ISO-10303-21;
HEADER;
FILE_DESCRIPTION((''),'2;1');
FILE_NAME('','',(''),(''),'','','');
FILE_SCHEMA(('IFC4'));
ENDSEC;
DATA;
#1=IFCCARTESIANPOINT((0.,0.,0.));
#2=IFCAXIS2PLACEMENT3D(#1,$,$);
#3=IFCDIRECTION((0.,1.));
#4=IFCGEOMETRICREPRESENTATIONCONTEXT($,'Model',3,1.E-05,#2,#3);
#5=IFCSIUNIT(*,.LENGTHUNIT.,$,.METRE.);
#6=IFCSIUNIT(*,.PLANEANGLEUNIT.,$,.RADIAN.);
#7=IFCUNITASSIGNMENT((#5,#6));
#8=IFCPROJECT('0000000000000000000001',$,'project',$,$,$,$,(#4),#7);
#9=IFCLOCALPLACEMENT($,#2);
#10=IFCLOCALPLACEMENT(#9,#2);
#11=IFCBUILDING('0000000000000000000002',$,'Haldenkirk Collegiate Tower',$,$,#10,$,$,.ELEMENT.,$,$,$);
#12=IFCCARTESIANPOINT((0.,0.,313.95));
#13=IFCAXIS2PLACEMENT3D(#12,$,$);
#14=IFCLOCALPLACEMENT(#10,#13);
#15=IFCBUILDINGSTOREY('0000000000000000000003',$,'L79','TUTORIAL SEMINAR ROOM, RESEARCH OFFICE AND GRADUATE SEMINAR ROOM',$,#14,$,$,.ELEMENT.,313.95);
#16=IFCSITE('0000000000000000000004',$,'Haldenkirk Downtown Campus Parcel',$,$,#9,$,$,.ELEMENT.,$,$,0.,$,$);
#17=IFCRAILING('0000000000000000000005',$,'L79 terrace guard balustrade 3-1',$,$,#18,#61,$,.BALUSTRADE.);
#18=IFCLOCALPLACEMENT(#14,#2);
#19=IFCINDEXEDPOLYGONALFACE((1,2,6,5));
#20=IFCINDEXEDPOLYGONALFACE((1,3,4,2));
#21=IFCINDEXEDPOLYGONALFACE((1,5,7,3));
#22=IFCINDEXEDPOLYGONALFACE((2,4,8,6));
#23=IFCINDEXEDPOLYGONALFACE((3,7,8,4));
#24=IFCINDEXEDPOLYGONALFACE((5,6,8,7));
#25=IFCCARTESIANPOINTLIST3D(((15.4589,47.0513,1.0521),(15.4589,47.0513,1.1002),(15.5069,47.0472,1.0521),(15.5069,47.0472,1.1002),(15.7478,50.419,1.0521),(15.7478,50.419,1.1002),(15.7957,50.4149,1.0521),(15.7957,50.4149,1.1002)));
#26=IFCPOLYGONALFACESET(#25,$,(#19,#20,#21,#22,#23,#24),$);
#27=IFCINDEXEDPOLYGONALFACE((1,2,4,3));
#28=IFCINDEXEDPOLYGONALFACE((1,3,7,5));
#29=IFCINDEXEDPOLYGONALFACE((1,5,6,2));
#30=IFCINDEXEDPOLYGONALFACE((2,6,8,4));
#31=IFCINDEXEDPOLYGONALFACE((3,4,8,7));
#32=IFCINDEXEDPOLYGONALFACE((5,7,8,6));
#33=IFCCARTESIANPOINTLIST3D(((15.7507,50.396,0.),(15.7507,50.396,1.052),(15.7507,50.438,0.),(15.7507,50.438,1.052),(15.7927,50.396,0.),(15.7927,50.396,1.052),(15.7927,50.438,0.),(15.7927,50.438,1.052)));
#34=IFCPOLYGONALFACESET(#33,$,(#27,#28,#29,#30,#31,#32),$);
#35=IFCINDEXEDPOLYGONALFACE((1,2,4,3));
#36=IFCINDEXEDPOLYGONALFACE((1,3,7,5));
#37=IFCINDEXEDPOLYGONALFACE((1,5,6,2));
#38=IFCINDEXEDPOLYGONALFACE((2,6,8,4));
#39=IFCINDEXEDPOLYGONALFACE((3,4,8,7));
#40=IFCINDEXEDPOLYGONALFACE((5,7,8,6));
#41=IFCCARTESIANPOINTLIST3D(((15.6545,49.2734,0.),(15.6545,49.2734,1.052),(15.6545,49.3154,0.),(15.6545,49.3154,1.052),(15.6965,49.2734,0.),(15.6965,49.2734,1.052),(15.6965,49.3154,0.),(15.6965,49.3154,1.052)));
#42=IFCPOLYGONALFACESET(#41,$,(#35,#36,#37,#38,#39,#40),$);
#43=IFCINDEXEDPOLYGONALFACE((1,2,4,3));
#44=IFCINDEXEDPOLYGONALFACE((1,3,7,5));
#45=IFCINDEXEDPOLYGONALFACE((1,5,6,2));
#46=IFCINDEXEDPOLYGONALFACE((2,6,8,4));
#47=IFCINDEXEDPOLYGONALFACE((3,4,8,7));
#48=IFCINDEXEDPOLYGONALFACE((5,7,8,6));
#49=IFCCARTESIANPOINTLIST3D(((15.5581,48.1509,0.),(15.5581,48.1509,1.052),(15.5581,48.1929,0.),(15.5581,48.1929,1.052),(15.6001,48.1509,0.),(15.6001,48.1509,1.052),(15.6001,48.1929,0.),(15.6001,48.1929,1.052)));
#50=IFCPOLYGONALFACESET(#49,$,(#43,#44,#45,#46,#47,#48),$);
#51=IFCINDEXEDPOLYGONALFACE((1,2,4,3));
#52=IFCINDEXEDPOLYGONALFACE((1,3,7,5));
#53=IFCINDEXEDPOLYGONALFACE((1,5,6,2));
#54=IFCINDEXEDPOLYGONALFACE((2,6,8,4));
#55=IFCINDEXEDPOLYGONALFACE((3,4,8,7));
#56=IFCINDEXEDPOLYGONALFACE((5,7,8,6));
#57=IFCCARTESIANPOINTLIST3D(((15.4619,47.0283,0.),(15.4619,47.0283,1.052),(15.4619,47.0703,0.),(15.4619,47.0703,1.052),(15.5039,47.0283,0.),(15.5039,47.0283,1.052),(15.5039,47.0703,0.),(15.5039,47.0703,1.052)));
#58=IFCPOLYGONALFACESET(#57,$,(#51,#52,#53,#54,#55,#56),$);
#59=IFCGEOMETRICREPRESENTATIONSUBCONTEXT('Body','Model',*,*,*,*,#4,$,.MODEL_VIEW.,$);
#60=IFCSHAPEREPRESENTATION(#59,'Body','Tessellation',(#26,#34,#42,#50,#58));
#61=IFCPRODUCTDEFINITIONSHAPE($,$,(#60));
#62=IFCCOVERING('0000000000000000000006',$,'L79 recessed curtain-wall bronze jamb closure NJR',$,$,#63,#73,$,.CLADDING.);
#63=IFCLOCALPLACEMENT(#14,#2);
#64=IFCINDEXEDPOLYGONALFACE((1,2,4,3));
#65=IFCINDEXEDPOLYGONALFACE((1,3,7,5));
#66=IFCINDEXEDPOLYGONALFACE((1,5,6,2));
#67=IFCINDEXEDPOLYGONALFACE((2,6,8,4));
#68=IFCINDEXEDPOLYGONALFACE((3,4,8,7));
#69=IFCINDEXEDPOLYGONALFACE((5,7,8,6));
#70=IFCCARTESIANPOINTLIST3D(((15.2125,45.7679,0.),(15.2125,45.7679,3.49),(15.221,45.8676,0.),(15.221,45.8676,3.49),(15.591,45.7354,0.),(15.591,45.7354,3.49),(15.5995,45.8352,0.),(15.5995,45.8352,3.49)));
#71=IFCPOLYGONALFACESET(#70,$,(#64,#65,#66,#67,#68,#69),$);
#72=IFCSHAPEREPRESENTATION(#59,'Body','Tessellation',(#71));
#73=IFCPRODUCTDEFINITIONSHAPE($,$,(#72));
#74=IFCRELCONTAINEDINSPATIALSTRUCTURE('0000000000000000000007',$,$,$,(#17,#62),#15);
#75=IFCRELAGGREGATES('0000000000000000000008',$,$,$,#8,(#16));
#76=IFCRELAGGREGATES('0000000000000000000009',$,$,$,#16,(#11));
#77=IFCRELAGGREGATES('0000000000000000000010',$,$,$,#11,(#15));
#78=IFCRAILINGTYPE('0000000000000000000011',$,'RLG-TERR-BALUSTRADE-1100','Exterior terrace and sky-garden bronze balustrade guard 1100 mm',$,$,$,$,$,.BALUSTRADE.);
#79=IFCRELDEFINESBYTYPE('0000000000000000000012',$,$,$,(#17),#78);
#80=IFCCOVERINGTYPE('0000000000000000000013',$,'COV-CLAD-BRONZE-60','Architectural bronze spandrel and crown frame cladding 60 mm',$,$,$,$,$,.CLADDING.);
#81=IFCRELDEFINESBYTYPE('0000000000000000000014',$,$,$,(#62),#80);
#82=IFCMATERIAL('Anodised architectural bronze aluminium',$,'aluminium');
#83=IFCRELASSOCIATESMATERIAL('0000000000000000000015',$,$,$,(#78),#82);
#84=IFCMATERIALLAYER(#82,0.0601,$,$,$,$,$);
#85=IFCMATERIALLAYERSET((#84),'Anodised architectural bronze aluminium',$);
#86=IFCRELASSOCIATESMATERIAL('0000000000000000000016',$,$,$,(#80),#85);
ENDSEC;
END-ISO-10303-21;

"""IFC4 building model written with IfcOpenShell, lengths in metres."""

from ifc_helpers import new_model, si_unit, direction, frame, origin, origin_2d, place, context, subcontext, project, spatial, rectangle, extrude, source, transform, mapped, material, layer, layer_set, type_object, element, save


model = new_model("IFC4")

# Units and contexts
model_context = context("Model", 3, precision=1e-05, world=origin(), true_north=direction((0.0, 1.0)))
body_context = subcontext(model_context, "Body", "Model", "MODEL_VIEW")
ifc_project = project(units=[si_unit("LENGTHUNIT", "METRE"), si_unit("PLANEANGLEUNIT", "RADIAN")], contexts=[model_context])

# Site, building, storey
site_placement = place(None, origin())
site = spatial("IfcSite", under=ifc_project, at=site_placement, Name="Haldenkirk Downtown Campus Parcel", CompositionType="ELEMENT", RefElevation=0.0)
building_placement = place(site_placement, origin())
building = spatial("IfcBuilding", under=site, at=building_placement, Name="Haldenkirk Collegiate Tower", CompositionType="ELEMENT")
storey_placement = place(building_placement, frame((0.0, 0.0, 313.95)))
storey = spatial("IfcBuildingStorey", under=building, at=storey_placement, Name="L79", Description="TUTORIAL SEMINAR ROOM, RESEARCH OFFICE AND GRADUATE SEMINAR ROOM", CompositionType="ELEMENT", Elevation=313.95)

# Shared definitions
ifc_material_1 = material(Name="Anodised architectural bronze aluminium", Category="aluminium")

# Railing
railing_type = type_object("IfcRailingType", Name="RLG-TERR-BALUSTRADE-1100", Description="Exterior terrace and sky-garden bronze balustrade guard 1100 mm", PredefinedType="BALUSTRADE", material=ifc_material_1)
railing_1_placement = place(storey_placement, frame((15.7717, 50.417, 0.0)))
element("IfcRailing", 1, at=railing_1_placement, inside=storey, type_object=railing_type, Name="L79 terrace guard balustrade 3-1", PredefinedType="BALUSTRADE", context=body_context, shape_type="SweptSolid", body=[
    extrude(rectangle(XDim=0.0481, YDim=0.0481, at=origin_2d()), frame((0.0, 0.0, 1.0762), z_axis=(-0.085448, -0.996343, 0.0), x_axis=(0.996343, -0.085448, 0.0)), (0.0, 0.0, 1.0), 3.3801),
    extrude(rectangle(XDim=0.042, YDim=0.042, at=origin_2d()), origin(), (0.0, 0.0, 1.0), 1.052),
    extrude(rectangle(XDim=0.042, YDim=0.042, at=origin_2d()), frame((-0.0962, -1.1226, 0.0)), (0.0, 0.0, 1.0), 1.052),
    extrude(rectangle(XDim=0.042, YDim=0.042, at=origin_2d()), frame((-0.1926, -2.2451, 0.0)), (0.0, 0.0, 1.0), 1.052),
    extrude(rectangle(XDim=0.042, YDim=0.042, at=origin_2d()), frame((-0.2888, -3.3677, 0.0)), (0.0, 0.0, 1.0), 1.052),
])

# Covering
ifc_layer_1 = layer(ifc_material_1, 0.0601)
ifc_layer_set_1 = layer_set([ifc_layer_1], Name="Anodised architectural bronze aluminium")
covering_type = type_object("IfcCoveringType", Name="COV-CLAD-BRONZE-60", Description="Architectural bronze spandrel and crown frame cladding 60 mm", PredefinedType="CLADDING", material=ifc_layer_set_1)
shared_shape_1 = source(origin(), body_context, "Body", "SweptSolid", [
    extrude(rectangle(XDim=0.1001, YDim=0.3799, at=origin_2d()), origin(), (0.0, 0.0, 1.0), 3.49),
])
covering_placement = place(storey_placement, frame((15.406, 45.8015, 0.0), z_axis=(0.0, 0.0, 1.0), x_axis=(0.085417, 0.996345, 0.0)))
element("IfcCovering", 2, at=covering_placement, inside=storey, type_object=covering_type, Name="L79 recessed curtain-wall bronze jamb closure NJR", PredefinedType="CLADDING", context=body_context, shape_type="MappedRepresentation", body=[
    mapped(shared_shape_1, transform((0.0, 0.0, 0.0), x_axis=(1.0, 0.0, 0.0), y_axis=(0.0, 1.0, 0.0), z_axis=(0.0, 0.0, 1.0), scale=1.0)),
])

save(model, "model.ifc")
